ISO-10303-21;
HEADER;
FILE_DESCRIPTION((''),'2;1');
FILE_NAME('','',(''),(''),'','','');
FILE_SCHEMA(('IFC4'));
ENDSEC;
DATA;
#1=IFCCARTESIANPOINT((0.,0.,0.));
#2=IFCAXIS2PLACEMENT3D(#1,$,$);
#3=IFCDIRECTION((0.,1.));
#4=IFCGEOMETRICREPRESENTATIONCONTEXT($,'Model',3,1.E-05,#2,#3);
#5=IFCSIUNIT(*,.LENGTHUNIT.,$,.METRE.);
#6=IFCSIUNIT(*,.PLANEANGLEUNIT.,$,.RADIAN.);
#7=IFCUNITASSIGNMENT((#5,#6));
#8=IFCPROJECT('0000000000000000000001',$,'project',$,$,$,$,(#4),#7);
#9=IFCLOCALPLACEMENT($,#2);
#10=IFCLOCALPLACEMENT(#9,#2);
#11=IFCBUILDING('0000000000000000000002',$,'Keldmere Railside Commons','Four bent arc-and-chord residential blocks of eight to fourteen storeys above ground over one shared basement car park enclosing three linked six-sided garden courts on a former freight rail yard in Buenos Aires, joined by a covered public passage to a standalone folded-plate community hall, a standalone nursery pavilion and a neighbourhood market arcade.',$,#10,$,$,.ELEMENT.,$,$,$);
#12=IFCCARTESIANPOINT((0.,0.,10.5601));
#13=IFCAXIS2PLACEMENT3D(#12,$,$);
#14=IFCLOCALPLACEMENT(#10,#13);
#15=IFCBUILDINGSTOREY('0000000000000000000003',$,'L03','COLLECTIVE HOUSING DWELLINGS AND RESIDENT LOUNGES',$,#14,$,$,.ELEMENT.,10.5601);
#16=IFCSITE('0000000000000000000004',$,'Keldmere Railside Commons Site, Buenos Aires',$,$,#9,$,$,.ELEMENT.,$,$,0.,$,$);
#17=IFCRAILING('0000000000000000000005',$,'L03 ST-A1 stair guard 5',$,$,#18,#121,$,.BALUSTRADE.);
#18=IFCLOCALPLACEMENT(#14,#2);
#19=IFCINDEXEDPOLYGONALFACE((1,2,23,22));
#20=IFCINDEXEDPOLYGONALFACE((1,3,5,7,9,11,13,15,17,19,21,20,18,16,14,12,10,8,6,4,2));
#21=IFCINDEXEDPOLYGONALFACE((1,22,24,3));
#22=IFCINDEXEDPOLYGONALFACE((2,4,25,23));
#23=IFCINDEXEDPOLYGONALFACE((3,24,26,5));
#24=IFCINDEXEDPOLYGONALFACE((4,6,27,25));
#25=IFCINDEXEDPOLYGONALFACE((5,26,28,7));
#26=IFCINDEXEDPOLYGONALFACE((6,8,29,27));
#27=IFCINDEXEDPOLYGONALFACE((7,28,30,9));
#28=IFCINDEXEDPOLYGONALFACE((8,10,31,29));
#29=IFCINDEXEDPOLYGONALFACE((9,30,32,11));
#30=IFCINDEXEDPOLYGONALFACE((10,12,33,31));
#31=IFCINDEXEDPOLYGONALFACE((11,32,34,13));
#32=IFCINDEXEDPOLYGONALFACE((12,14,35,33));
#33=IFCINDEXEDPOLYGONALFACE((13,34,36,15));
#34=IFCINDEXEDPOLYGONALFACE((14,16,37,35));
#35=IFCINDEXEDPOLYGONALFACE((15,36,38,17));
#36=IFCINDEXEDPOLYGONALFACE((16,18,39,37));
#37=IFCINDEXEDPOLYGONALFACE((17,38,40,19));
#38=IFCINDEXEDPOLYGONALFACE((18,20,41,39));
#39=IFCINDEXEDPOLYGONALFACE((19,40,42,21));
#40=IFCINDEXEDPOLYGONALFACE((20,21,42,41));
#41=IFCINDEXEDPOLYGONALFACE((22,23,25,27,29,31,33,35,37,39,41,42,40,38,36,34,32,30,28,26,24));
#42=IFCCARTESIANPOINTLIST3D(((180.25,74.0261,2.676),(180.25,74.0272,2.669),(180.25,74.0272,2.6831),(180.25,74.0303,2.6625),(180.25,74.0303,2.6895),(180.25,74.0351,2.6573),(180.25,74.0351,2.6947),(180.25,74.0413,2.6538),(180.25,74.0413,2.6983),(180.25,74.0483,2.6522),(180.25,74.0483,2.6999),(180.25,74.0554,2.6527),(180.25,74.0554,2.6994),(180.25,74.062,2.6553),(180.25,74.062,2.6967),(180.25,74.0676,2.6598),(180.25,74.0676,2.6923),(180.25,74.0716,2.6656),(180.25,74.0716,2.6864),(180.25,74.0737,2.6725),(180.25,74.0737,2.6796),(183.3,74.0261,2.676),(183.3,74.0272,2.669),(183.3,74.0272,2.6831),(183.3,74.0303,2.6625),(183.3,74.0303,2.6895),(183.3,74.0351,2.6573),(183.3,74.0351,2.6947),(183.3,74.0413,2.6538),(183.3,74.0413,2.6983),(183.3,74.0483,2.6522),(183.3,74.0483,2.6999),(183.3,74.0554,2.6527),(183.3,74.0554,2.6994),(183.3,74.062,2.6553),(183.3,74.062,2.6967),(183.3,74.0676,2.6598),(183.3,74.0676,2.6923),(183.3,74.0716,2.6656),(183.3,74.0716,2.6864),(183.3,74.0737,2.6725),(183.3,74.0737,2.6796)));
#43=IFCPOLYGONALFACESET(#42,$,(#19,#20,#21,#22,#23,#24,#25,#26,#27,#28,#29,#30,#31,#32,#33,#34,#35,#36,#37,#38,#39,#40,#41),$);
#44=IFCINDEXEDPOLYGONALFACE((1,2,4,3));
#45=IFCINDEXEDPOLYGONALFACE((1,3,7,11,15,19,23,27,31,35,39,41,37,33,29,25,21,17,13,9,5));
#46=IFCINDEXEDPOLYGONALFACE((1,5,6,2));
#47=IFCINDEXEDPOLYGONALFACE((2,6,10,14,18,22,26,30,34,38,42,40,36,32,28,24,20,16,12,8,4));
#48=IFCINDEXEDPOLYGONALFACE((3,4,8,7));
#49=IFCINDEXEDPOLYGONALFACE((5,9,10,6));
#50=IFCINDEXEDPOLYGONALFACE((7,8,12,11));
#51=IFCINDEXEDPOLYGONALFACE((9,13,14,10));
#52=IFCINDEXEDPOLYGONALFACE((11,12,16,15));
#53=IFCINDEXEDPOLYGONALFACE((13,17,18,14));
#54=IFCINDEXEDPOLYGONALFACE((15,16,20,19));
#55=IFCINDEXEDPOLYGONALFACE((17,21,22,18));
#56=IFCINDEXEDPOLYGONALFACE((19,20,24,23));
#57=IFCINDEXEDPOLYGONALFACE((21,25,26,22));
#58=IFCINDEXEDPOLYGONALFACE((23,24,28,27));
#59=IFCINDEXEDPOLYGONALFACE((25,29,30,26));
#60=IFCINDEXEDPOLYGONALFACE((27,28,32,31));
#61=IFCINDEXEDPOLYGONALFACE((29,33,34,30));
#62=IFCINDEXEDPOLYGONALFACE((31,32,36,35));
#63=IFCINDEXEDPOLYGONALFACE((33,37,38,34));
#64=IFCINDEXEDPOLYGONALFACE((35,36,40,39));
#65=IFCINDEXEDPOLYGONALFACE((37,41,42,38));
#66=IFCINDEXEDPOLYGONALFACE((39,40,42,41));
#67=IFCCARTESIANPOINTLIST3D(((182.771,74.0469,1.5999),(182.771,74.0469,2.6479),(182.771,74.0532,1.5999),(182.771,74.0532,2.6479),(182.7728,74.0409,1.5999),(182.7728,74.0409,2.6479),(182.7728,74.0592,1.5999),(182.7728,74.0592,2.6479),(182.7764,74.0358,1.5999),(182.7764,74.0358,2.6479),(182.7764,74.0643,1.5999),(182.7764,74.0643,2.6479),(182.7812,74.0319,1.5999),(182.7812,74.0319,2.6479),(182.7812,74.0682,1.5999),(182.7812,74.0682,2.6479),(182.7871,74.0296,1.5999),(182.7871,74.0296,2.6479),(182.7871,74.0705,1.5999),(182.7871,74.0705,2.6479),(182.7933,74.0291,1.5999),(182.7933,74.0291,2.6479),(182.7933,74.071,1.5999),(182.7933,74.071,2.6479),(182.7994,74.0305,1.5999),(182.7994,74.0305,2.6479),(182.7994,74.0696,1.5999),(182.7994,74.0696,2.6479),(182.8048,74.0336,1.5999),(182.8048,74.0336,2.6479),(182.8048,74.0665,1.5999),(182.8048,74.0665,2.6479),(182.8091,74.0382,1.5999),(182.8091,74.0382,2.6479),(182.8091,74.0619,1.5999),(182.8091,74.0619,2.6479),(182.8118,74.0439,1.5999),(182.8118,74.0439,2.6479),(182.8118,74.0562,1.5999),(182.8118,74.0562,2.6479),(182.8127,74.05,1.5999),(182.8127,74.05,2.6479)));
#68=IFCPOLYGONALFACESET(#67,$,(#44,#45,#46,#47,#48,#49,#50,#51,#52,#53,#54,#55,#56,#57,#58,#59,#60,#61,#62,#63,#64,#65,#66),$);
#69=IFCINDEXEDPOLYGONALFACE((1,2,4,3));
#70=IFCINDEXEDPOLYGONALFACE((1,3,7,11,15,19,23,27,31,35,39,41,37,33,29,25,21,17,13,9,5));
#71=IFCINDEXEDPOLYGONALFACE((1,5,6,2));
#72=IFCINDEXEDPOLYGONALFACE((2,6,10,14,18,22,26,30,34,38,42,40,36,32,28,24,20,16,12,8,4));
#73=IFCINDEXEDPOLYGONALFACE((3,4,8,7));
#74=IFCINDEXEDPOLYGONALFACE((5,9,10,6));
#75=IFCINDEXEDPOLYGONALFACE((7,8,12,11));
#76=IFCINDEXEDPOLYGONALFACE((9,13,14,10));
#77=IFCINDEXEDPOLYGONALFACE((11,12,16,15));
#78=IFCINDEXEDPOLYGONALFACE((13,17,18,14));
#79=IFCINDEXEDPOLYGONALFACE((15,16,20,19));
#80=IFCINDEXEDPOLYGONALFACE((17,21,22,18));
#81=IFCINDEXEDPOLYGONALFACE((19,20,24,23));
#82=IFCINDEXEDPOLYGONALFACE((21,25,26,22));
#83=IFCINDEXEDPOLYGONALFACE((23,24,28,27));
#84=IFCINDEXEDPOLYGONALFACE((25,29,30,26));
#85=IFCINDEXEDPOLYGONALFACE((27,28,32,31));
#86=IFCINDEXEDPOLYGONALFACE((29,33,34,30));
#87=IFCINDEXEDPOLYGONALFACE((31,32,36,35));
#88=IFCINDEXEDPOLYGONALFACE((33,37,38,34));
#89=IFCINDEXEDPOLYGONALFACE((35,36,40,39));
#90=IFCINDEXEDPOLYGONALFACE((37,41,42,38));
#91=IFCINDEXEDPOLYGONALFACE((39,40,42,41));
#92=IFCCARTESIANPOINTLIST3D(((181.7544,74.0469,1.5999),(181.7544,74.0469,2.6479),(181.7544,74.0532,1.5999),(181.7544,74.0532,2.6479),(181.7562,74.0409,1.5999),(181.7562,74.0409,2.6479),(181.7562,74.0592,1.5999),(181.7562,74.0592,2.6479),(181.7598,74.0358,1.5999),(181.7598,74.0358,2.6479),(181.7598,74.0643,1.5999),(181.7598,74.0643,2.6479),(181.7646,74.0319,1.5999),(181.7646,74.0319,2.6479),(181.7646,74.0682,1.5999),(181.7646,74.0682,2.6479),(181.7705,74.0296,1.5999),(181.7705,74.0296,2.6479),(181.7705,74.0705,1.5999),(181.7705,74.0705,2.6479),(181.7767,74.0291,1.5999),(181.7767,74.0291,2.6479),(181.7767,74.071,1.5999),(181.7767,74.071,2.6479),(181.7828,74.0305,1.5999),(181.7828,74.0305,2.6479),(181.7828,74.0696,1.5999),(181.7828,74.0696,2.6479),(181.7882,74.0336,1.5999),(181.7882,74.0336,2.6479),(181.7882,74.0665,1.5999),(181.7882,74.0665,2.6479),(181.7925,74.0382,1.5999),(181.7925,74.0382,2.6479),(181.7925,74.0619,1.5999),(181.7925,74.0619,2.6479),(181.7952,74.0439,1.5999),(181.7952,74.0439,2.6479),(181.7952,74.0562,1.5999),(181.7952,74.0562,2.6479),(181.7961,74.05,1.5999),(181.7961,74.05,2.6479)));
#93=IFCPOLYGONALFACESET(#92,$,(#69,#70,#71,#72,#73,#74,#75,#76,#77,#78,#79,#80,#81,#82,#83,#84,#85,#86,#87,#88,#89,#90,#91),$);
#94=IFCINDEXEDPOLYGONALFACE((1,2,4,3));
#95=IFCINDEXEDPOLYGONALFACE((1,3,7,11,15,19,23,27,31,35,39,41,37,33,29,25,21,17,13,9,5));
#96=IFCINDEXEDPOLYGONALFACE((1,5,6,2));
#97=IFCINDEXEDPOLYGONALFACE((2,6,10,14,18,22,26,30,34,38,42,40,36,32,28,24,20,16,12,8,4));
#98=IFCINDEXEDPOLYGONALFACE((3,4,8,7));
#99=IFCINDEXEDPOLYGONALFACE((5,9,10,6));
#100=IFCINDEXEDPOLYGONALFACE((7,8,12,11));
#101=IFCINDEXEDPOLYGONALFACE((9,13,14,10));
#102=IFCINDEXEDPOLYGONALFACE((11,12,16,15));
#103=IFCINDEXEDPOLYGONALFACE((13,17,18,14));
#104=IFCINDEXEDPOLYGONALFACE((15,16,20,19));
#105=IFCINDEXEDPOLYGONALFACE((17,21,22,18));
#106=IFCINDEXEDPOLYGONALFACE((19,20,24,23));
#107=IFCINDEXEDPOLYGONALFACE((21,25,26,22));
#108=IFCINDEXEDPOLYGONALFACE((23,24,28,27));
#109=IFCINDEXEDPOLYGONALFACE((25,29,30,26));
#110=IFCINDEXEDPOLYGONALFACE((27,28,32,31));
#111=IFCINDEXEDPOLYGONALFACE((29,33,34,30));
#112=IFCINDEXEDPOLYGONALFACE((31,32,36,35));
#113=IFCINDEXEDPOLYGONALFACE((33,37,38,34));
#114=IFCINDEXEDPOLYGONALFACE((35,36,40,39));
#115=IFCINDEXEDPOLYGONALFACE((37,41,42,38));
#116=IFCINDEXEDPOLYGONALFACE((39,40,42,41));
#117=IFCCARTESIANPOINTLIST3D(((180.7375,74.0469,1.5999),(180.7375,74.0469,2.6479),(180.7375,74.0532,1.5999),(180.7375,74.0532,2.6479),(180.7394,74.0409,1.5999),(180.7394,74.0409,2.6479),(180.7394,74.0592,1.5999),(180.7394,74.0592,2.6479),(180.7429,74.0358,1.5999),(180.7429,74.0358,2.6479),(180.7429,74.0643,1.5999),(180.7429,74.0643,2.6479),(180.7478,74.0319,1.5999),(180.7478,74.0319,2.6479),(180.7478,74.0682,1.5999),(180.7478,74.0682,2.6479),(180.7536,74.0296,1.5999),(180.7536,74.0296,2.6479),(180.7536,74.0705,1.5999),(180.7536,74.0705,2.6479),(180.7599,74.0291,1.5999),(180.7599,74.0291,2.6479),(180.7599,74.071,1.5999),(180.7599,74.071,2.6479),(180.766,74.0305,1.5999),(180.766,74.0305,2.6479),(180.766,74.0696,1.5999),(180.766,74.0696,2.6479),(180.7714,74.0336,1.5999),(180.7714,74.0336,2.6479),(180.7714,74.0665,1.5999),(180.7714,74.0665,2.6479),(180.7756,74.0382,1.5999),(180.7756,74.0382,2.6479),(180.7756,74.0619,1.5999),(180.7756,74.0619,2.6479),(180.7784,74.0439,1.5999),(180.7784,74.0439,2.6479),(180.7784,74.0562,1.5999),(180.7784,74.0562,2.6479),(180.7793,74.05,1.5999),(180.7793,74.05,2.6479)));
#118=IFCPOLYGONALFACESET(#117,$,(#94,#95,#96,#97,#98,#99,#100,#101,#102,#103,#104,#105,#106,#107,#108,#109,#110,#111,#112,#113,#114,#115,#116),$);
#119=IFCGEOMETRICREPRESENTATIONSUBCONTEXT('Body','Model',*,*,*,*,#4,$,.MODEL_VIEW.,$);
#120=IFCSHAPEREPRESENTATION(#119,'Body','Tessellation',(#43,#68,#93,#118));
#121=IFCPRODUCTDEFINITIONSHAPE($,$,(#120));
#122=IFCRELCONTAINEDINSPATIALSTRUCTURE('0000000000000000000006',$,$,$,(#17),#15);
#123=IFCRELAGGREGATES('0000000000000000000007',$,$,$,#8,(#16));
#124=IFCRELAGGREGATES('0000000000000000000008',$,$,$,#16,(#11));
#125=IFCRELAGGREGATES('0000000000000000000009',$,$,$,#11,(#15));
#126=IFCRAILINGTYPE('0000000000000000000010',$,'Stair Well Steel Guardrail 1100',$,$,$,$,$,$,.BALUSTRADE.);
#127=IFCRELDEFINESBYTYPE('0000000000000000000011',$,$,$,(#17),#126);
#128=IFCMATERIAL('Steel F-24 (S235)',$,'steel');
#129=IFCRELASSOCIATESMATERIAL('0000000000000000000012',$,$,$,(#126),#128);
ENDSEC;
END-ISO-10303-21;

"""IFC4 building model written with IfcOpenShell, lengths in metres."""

from ifc_helpers import new_model, si_unit, direction, frame, origin, origin_2d, place, context, subcontext, project, spatial, circle, extrude, material, type_object, element, save


model = new_model("IFC4")

# Units and contexts
model_context = context("Model", 3, precision=1e-05, world=origin(), true_north=direction((0.0, 1.0)))
body_context = subcontext(model_context, "Body", "Model", "MODEL_VIEW")
ifc_project = project(units=[si_unit("LENGTHUNIT", "METRE"), si_unit("PLANEANGLEUNIT", "RADIAN")], contexts=[model_context])

# Site, building, storey
site_placement = place(None, origin())
site = spatial("IfcSite", under=ifc_project, at=site_placement, Name="Keldmere Railside Commons Site, Buenos Aires", CompositionType="ELEMENT", RefElevation=0.0)
building_placement = place(site_placement, origin())
building = spatial("IfcBuilding", under=site, at=building_placement, Name="Keldmere Railside Commons", Description="Four bent arc-and-chord residential blocks of eight to fourteen storeys above ground over one shared basement car park enclosing three linked six-sided garden courts on a former freight rail yard in Buenos Aires, joined by a covered public passage to a standalone folded-plate community hall, a standalone nursery pavilion and a neighbourhood market arcade.", CompositionType="ELEMENT")
storey_placement = place(building_placement, frame((0.0, 0.0, 10.5601)))
storey = spatial("IfcBuildingStorey", under=building, at=storey_placement, Name="L03", Description="COLLECTIVE HOUSING DWELLINGS AND RESIDENT LOUNGES", CompositionType="ELEMENT", Elevation=10.5601)

# Shared definitions
ifc_material_1 = material(Name="Steel F-24 (S235)", Category="steel")

# Railing
railing_type_1 = type_object("IfcRailingType", Name="Stair Well Steel Guardrail 1100", PredefinedType="BALUSTRADE", material=ifc_material_1)
railing_1_placement = place(storey_placement, frame((183.3, 74.05, 1.5999)))
element("IfcRailing", 1, at=railing_1_placement, inside=storey, type_object=railing_type_1, Name="L03 ST-A1 stair guard 5", PredefinedType="BALUSTRADE", context=body_context, shape_type="SweptSolid", body=[
    extrude(circle(Radius=0.0239, at=origin_2d()), frame((0.0, 0.0, 1.0762), z_axis=(-1.0, 0.0, 0.0), x_axis=(0.0, -1.0, 0.0)), (0.0, 0.0, 1.0), 3.05),
    extrude(circle(Radius=0.021, at=origin_2d()), frame((-0.5083, 0.0, 0.0)), (0.0, 0.0, 1.0), 1.0481),
    extrude(circle(Radius=0.021, at=origin_2d()), frame((-1.5249, 0.0, 0.0)), (0.0, 0.0, 1.0), 1.0481),
    extrude(circle(Radius=0.021, at=origin_2d()), frame((-2.5417, 0.0, 0.0)), (0.0, 0.0, 1.0), 1.0481),
])

save(model, "model.ifc")
